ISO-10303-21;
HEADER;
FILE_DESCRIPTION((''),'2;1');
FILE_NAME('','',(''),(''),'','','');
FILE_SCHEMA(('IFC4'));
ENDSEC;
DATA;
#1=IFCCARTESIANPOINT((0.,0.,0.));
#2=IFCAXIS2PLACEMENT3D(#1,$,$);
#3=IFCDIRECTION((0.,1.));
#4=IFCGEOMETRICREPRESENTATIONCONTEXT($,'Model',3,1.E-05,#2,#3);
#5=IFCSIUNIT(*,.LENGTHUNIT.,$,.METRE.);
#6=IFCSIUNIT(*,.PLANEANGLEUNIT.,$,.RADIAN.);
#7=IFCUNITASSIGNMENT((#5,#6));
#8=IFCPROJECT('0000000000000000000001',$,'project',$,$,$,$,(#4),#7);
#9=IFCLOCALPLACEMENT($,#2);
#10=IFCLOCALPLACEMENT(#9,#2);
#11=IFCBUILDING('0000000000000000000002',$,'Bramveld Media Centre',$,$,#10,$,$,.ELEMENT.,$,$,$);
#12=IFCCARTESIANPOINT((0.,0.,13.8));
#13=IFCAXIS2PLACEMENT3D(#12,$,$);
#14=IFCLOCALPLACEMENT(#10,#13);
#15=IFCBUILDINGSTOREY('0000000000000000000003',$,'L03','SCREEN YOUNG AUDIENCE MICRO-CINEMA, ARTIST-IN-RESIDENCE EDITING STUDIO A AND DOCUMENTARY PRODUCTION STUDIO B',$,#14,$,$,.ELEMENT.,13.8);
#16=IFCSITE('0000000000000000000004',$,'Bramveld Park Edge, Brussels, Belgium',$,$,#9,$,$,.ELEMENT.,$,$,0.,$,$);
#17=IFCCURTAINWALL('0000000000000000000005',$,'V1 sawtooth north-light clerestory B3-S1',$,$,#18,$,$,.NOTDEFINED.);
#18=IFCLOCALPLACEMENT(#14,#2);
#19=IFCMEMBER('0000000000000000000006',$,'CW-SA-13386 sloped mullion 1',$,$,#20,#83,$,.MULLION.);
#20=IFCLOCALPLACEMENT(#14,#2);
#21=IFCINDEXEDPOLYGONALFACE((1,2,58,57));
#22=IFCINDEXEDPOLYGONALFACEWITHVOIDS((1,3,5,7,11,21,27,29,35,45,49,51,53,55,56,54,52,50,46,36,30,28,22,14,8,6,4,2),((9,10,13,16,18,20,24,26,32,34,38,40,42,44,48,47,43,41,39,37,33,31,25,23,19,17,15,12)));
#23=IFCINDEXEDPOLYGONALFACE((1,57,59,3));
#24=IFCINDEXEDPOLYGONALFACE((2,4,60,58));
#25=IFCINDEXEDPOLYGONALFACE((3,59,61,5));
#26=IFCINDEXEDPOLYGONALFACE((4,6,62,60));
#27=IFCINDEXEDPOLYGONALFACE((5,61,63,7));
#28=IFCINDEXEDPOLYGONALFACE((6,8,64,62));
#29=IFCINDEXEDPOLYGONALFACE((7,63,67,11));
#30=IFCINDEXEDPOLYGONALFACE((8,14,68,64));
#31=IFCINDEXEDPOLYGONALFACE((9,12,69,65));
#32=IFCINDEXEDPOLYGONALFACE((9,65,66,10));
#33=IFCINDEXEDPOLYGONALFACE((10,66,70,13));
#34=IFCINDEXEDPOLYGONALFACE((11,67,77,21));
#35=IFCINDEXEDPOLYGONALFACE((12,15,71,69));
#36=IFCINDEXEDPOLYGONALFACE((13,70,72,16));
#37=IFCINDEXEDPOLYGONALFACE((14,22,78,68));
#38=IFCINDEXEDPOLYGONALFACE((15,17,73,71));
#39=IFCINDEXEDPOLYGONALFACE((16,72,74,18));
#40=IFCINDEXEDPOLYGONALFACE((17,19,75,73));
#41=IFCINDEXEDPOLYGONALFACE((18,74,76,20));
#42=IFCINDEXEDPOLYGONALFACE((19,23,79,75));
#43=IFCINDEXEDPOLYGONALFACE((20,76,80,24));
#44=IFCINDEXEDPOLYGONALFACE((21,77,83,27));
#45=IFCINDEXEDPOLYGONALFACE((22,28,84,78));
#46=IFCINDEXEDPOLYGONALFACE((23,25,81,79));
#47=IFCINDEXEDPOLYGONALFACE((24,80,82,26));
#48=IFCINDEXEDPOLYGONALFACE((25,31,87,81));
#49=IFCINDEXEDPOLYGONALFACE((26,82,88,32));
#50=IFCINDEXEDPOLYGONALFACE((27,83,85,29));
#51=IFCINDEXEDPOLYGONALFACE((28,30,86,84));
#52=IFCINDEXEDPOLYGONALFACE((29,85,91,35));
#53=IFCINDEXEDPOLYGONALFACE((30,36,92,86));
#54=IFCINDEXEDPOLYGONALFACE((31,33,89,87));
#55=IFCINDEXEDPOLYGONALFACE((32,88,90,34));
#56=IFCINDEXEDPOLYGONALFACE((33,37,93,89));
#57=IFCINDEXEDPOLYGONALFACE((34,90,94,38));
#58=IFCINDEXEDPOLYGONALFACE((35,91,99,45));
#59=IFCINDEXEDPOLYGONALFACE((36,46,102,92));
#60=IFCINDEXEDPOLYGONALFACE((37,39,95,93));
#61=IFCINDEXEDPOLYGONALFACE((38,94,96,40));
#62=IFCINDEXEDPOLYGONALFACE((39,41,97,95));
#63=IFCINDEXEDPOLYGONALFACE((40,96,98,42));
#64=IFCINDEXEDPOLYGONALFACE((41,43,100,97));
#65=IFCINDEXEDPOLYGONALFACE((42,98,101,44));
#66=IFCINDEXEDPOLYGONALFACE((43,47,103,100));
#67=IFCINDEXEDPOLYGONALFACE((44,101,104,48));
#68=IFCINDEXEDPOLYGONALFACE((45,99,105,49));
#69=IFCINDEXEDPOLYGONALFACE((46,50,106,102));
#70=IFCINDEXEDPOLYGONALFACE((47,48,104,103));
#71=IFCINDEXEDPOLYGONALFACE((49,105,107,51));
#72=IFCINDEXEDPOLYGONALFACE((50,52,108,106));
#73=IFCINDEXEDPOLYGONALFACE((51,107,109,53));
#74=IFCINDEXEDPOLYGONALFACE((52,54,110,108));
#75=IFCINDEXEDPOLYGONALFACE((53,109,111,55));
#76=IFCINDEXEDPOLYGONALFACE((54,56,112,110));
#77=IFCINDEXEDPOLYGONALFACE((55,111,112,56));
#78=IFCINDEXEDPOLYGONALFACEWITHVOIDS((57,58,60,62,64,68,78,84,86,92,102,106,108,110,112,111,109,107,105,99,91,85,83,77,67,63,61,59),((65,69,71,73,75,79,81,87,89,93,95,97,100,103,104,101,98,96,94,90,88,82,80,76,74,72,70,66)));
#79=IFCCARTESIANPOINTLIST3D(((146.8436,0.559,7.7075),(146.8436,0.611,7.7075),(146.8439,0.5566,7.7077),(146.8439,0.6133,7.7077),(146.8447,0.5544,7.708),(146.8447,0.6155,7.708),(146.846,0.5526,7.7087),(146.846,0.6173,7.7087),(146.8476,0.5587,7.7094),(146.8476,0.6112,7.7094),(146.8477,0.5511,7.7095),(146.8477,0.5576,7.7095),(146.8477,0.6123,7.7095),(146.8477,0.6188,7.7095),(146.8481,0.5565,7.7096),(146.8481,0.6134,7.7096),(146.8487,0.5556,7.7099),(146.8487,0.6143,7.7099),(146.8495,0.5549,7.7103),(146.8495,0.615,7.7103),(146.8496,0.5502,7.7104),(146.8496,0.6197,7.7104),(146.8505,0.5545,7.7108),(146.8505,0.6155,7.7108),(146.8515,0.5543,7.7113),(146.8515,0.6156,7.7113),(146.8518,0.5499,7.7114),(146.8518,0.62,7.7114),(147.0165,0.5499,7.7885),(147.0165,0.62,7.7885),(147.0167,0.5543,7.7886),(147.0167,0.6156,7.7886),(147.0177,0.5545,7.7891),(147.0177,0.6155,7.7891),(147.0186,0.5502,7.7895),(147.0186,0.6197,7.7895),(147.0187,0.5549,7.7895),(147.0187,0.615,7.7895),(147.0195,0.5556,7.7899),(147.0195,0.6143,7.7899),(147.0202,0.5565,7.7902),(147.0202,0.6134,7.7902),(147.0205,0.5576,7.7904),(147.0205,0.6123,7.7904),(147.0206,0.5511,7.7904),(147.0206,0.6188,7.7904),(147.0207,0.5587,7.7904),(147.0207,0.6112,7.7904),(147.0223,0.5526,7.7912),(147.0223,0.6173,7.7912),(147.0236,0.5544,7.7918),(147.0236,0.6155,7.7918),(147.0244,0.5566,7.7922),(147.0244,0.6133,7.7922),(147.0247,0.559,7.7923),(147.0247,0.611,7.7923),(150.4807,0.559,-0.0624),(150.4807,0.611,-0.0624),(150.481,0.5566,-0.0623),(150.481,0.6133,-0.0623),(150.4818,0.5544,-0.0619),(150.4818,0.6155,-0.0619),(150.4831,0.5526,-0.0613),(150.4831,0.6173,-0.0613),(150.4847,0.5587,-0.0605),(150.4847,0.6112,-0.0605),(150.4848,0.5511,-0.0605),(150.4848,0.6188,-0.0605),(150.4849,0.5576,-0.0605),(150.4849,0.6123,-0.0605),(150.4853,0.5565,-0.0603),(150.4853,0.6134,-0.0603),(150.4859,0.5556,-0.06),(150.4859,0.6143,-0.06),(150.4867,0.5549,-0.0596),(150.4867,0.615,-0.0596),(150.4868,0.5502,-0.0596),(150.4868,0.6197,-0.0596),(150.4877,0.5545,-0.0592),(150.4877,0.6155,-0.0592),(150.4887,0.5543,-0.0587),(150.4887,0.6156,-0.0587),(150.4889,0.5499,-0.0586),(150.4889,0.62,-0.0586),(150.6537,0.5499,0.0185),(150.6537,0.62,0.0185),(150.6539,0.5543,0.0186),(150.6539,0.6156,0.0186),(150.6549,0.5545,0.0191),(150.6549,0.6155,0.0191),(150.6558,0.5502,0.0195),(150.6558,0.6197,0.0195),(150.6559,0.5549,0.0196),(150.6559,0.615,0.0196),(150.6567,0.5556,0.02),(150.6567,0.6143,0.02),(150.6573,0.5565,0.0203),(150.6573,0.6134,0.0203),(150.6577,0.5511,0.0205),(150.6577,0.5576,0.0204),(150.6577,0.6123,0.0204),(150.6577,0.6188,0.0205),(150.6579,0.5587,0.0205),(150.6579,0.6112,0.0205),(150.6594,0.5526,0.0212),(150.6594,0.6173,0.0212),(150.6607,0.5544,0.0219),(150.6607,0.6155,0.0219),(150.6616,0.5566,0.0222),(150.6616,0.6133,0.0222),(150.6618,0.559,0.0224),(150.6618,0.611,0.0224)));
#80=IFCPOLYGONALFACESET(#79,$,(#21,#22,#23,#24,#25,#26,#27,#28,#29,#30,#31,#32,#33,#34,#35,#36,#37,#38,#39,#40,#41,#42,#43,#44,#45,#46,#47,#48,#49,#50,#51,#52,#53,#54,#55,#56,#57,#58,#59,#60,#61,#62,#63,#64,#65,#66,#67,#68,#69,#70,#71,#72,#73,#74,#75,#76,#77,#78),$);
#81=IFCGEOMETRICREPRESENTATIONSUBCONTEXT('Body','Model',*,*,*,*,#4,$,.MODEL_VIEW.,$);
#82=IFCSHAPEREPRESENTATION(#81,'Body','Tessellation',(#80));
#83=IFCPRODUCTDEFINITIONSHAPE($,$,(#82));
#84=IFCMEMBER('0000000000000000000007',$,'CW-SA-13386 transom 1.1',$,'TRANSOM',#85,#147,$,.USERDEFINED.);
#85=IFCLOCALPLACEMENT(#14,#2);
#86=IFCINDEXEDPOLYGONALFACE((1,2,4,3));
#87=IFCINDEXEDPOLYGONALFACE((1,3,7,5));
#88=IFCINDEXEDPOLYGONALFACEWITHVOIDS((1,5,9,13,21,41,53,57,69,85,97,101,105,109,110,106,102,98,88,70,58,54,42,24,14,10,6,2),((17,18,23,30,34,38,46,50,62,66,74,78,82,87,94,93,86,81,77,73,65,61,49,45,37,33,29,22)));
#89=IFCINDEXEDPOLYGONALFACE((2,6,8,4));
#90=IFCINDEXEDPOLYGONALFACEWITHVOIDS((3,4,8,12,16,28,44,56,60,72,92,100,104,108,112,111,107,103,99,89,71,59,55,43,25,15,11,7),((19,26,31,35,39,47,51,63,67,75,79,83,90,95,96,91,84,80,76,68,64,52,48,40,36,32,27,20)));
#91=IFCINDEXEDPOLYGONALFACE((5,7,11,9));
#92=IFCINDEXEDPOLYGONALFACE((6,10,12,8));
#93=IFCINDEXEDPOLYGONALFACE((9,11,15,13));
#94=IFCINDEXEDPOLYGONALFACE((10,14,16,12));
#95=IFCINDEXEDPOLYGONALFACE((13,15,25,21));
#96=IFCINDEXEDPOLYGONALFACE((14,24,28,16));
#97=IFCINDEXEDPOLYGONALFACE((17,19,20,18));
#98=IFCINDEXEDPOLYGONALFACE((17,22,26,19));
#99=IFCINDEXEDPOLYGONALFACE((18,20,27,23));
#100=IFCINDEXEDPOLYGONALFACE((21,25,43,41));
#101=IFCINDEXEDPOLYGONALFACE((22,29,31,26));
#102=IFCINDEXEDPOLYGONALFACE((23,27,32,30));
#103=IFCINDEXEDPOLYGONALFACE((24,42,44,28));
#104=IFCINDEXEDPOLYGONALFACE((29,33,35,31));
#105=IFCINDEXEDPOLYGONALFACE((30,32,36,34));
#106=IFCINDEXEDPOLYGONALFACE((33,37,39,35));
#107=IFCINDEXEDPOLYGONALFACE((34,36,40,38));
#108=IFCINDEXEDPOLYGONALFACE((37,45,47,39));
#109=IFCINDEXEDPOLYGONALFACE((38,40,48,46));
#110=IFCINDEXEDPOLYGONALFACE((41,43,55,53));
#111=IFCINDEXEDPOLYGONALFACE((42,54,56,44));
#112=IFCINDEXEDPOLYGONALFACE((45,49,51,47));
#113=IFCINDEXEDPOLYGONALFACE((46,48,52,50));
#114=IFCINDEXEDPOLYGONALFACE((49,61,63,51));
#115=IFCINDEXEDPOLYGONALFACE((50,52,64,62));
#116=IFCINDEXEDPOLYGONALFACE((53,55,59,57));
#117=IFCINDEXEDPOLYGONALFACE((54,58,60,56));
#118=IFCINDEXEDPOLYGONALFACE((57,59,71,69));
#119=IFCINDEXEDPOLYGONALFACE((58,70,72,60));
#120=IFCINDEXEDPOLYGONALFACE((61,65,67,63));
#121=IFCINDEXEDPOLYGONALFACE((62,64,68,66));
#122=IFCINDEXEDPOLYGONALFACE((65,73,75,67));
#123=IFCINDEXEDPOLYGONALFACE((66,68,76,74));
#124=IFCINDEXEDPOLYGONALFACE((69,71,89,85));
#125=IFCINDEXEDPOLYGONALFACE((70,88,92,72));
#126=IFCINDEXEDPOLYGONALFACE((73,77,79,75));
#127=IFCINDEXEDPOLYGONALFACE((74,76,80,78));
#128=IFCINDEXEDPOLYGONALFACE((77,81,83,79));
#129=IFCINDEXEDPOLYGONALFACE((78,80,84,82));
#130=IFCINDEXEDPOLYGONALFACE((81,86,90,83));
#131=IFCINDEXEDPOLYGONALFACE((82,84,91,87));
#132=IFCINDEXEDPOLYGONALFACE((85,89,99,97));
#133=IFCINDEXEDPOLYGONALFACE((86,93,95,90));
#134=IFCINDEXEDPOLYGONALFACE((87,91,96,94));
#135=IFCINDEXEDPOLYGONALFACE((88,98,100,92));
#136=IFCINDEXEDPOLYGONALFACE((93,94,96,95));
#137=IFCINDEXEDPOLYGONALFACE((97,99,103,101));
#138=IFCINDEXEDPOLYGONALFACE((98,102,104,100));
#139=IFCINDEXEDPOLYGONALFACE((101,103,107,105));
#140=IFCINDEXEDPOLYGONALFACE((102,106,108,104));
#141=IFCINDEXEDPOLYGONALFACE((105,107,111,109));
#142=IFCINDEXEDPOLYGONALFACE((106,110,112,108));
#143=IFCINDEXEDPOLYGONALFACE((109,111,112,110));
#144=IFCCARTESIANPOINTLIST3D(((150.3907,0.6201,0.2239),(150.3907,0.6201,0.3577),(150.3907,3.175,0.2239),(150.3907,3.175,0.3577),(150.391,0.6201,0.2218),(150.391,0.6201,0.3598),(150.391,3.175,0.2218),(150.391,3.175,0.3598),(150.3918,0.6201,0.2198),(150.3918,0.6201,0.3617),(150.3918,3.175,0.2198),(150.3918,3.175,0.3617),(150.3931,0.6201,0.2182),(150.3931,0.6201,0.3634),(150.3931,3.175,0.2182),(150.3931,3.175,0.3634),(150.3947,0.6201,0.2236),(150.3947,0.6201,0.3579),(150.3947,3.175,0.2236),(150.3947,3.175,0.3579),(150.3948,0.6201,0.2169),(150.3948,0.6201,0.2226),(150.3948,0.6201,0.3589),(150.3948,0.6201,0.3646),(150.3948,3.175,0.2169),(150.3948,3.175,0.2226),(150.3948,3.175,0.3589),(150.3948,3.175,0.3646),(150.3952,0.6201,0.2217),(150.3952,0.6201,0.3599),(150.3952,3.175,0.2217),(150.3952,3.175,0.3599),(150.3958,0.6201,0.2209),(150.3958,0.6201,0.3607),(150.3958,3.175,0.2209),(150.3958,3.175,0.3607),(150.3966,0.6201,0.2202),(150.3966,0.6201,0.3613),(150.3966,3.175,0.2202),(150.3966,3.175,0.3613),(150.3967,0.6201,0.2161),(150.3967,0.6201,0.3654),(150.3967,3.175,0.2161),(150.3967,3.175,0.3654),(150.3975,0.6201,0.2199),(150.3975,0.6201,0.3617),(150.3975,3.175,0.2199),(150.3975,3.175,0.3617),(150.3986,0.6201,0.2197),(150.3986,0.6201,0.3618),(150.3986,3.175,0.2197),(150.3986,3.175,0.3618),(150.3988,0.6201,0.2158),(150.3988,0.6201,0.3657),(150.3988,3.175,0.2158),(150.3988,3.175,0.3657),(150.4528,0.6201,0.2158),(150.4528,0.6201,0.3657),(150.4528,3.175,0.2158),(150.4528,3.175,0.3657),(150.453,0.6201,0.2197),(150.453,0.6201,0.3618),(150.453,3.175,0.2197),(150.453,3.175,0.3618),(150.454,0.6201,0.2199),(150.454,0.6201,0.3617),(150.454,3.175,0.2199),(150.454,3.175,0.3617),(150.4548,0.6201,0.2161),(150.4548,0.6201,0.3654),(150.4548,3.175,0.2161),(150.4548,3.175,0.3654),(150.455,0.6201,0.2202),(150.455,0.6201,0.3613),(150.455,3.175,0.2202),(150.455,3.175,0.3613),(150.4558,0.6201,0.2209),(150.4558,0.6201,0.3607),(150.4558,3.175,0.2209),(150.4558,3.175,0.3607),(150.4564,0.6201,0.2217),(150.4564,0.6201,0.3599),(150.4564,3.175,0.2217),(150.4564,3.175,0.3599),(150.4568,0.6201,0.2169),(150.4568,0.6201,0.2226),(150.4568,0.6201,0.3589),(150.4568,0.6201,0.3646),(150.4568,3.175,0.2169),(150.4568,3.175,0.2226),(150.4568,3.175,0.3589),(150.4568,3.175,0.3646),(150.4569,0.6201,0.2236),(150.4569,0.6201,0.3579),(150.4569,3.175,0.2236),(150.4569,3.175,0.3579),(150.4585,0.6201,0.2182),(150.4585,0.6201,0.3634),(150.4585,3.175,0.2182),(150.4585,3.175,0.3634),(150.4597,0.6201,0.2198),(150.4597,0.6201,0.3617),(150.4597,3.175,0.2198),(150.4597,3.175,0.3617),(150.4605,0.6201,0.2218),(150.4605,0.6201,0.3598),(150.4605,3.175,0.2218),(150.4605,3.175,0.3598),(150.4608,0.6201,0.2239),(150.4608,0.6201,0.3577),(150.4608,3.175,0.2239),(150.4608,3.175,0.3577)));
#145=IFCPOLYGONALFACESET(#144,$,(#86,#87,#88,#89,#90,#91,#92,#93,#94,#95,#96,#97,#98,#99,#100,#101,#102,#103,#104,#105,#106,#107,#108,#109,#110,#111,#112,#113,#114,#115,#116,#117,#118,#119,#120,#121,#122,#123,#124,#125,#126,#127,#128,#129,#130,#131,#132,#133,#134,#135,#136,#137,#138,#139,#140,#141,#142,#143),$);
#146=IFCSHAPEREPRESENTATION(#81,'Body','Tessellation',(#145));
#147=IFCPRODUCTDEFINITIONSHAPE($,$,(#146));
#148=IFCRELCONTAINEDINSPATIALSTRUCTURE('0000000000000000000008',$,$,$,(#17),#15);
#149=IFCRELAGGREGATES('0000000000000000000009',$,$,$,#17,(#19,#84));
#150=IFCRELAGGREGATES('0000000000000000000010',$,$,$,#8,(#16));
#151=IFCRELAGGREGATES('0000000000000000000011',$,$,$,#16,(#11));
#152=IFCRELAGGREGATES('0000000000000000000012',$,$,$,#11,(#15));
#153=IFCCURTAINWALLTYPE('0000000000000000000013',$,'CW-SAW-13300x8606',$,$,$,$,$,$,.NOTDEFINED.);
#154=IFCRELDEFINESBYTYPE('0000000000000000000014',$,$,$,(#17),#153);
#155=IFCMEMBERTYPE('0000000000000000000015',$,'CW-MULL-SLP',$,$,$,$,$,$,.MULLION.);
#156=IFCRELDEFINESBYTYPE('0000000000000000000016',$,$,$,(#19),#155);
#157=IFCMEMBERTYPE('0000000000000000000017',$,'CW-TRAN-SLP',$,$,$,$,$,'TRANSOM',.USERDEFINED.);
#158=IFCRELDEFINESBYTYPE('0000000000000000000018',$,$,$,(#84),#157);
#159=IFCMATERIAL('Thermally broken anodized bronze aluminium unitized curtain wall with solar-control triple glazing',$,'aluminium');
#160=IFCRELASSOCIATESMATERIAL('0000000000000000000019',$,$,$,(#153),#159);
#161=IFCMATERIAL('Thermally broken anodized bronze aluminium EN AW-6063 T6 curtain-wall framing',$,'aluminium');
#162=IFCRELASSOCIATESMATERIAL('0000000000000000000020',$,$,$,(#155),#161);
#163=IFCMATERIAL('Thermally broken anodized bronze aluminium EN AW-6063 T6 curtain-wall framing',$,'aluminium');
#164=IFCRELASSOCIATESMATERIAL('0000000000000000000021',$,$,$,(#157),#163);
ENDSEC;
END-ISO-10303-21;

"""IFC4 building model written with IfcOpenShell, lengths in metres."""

from ifc_helpers import new_model, si_unit, direction, frame, origin, origin_2d, place, context, subcontext, project, spatial, hollow_rectangle, extrude, material, material_profile, profile_set, type_object, element, aggregate, save


model = new_model("IFC4")

# Units and contexts
model_context = context("Model", 3, precision=1e-05, world=origin(), true_north=direction((0.0, 1.0)))
body_context = subcontext(model_context, "Body", "Model", "MODEL_VIEW")
ifc_project = project(units=[si_unit("LENGTHUNIT", "METRE"), si_unit("PLANEANGLEUNIT", "RADIAN")], contexts=[model_context])

# Site, building, storey
site_placement = place(None, origin())
site = spatial("IfcSite", under=ifc_project, at=site_placement, Name="Bramveld Park Edge, Brussels, Belgium", CompositionType="ELEMENT", RefElevation=0.0)
building_placement = place(site_placement, origin())
building = spatial("IfcBuilding", under=site, at=building_placement, Name="Bramveld Media Centre", CompositionType="ELEMENT")
storey_placement = place(building_placement, frame((0.0, 0.0, 13.8)))
storey = spatial("IfcBuildingStorey", under=building, at=storey_placement, Name="L03", Description="SCREEN YOUNG AUDIENCE MICRO-CINEMA, ARTIST-IN-RESIDENCE EDITING STUDIO A AND DOCUMENTARY PRODUCTION STUDIO B", CompositionType="ELEMENT", Elevation=13.8)

# Curtain wall, members
ifc_material_1 = material(Name="Thermally broken anodized bronze aluminium unitized curtain wall with solar-control triple glazing", Category="aluminium")
curtain_wall_type = type_object("IfcCurtainWallType", Name="CW-SAW-13300x8606", PredefinedType="NOTDEFINED", material=ifc_material_1)
curtain_wall_placement = place(storey_placement, origin())
curtain_wall = element("IfcCurtainWall", 1, at=curtain_wall_placement, inside=storey, type_object=curtain_wall_type, Name="V1 sawtooth north-light clerestory B3-S1", PredefinedType="NOTDEFINED")
ifc_material_2 = material(Name="Thermally broken anodized bronze aluminium EN AW-6063 T6 curtain-wall framing", Category="aluminium")
ifc_material_profile_1 = material_profile(ifc_material_2, hollow_rectangle(XDim=0.0701, YDim=0.2, WallThickness=0.0044, InnerFilletRadius=0.0044, OuterFilletRadius=0.009, at=origin_2d()), Name="AL-MULL 70x200")
ifc_profile_set_1 = profile_set([ifc_material_profile_1], Name="Thermally broken anodized bronze aluminium EN AW-6063 T6 curtain-wall framing")
member_type_1 = type_object("IfcMemberType", Name="CW-MULL-SLP", PredefinedType="MULLION", material=ifc_profile_set_1)
member_1_placement = place(storey_placement, frame((150.5713, 0.585, -0.02), z_axis=(-0.423957, 0.0, 0.905682), x_axis=(0.0, -1.0, 0.0)))
member_1 = element("IfcMember", 2, at=member_1_placement, type_object=member_type_1, Name="CW-SA-13386 sloped mullion 1", PredefinedType="MULLION", context=body_context, shape_type="SweptSolid", body=[
    extrude(hollow_rectangle(XDim=0.0701, YDim=0.2, WallThickness=0.0044, InnerFilletRadius=0.0044, OuterFilletRadius=0.009, at=origin_2d()), origin(), (0.0, 0.0, 1.0), 8.5791),
])
ifc_material_3 = material(Name="Thermally broken anodized bronze aluminium EN AW-6063 T6 curtain-wall framing", Category="aluminium")
ifc_material_profile_2 = material_profile(ifc_material_3, hollow_rectangle(XDim=0.0701, YDim=0.1499, WallThickness=0.0039, InnerFilletRadius=0.0039, OuterFilletRadius=0.0081, at=origin_2d()), Name="AL-TRAN 70x150")
ifc_profile_set_2 = profile_set([ifc_material_profile_2], Name="Thermally broken anodized bronze aluminium EN AW-6063 T6 curtain-wall framing")
member_type_2 = type_object("IfcMemberType", Name="CW-TRAN-SLP", ElementType="TRANSOM", PredefinedType="USERDEFINED", material=ifc_profile_set_2)
member_2_placement = place(storey_placement, frame((150.4258, 0.6201, 0.2908), z_axis=(0.0, 1.0, 0.0), x_axis=(-1.0, 0.0, 0.0)))
member_2 = element("IfcMember", 3, at=member_2_placement, type_object=member_type_2, Name="CW-SA-13386 transom 1.1", ObjectType="TRANSOM", PredefinedType="USERDEFINED", context=body_context, shape_type="SweptSolid", body=[
    extrude(hollow_rectangle(XDim=0.0701, YDim=0.1499, WallThickness=0.0039, InnerFilletRadius=0.0039, OuterFilletRadius=0.0081, at=origin_2d()), origin(), (0.0, 0.0, 1.0), 2.5549),
])

aggregate(curtain_wall, [member_1, member_2])

save(model, "model.ifc")
